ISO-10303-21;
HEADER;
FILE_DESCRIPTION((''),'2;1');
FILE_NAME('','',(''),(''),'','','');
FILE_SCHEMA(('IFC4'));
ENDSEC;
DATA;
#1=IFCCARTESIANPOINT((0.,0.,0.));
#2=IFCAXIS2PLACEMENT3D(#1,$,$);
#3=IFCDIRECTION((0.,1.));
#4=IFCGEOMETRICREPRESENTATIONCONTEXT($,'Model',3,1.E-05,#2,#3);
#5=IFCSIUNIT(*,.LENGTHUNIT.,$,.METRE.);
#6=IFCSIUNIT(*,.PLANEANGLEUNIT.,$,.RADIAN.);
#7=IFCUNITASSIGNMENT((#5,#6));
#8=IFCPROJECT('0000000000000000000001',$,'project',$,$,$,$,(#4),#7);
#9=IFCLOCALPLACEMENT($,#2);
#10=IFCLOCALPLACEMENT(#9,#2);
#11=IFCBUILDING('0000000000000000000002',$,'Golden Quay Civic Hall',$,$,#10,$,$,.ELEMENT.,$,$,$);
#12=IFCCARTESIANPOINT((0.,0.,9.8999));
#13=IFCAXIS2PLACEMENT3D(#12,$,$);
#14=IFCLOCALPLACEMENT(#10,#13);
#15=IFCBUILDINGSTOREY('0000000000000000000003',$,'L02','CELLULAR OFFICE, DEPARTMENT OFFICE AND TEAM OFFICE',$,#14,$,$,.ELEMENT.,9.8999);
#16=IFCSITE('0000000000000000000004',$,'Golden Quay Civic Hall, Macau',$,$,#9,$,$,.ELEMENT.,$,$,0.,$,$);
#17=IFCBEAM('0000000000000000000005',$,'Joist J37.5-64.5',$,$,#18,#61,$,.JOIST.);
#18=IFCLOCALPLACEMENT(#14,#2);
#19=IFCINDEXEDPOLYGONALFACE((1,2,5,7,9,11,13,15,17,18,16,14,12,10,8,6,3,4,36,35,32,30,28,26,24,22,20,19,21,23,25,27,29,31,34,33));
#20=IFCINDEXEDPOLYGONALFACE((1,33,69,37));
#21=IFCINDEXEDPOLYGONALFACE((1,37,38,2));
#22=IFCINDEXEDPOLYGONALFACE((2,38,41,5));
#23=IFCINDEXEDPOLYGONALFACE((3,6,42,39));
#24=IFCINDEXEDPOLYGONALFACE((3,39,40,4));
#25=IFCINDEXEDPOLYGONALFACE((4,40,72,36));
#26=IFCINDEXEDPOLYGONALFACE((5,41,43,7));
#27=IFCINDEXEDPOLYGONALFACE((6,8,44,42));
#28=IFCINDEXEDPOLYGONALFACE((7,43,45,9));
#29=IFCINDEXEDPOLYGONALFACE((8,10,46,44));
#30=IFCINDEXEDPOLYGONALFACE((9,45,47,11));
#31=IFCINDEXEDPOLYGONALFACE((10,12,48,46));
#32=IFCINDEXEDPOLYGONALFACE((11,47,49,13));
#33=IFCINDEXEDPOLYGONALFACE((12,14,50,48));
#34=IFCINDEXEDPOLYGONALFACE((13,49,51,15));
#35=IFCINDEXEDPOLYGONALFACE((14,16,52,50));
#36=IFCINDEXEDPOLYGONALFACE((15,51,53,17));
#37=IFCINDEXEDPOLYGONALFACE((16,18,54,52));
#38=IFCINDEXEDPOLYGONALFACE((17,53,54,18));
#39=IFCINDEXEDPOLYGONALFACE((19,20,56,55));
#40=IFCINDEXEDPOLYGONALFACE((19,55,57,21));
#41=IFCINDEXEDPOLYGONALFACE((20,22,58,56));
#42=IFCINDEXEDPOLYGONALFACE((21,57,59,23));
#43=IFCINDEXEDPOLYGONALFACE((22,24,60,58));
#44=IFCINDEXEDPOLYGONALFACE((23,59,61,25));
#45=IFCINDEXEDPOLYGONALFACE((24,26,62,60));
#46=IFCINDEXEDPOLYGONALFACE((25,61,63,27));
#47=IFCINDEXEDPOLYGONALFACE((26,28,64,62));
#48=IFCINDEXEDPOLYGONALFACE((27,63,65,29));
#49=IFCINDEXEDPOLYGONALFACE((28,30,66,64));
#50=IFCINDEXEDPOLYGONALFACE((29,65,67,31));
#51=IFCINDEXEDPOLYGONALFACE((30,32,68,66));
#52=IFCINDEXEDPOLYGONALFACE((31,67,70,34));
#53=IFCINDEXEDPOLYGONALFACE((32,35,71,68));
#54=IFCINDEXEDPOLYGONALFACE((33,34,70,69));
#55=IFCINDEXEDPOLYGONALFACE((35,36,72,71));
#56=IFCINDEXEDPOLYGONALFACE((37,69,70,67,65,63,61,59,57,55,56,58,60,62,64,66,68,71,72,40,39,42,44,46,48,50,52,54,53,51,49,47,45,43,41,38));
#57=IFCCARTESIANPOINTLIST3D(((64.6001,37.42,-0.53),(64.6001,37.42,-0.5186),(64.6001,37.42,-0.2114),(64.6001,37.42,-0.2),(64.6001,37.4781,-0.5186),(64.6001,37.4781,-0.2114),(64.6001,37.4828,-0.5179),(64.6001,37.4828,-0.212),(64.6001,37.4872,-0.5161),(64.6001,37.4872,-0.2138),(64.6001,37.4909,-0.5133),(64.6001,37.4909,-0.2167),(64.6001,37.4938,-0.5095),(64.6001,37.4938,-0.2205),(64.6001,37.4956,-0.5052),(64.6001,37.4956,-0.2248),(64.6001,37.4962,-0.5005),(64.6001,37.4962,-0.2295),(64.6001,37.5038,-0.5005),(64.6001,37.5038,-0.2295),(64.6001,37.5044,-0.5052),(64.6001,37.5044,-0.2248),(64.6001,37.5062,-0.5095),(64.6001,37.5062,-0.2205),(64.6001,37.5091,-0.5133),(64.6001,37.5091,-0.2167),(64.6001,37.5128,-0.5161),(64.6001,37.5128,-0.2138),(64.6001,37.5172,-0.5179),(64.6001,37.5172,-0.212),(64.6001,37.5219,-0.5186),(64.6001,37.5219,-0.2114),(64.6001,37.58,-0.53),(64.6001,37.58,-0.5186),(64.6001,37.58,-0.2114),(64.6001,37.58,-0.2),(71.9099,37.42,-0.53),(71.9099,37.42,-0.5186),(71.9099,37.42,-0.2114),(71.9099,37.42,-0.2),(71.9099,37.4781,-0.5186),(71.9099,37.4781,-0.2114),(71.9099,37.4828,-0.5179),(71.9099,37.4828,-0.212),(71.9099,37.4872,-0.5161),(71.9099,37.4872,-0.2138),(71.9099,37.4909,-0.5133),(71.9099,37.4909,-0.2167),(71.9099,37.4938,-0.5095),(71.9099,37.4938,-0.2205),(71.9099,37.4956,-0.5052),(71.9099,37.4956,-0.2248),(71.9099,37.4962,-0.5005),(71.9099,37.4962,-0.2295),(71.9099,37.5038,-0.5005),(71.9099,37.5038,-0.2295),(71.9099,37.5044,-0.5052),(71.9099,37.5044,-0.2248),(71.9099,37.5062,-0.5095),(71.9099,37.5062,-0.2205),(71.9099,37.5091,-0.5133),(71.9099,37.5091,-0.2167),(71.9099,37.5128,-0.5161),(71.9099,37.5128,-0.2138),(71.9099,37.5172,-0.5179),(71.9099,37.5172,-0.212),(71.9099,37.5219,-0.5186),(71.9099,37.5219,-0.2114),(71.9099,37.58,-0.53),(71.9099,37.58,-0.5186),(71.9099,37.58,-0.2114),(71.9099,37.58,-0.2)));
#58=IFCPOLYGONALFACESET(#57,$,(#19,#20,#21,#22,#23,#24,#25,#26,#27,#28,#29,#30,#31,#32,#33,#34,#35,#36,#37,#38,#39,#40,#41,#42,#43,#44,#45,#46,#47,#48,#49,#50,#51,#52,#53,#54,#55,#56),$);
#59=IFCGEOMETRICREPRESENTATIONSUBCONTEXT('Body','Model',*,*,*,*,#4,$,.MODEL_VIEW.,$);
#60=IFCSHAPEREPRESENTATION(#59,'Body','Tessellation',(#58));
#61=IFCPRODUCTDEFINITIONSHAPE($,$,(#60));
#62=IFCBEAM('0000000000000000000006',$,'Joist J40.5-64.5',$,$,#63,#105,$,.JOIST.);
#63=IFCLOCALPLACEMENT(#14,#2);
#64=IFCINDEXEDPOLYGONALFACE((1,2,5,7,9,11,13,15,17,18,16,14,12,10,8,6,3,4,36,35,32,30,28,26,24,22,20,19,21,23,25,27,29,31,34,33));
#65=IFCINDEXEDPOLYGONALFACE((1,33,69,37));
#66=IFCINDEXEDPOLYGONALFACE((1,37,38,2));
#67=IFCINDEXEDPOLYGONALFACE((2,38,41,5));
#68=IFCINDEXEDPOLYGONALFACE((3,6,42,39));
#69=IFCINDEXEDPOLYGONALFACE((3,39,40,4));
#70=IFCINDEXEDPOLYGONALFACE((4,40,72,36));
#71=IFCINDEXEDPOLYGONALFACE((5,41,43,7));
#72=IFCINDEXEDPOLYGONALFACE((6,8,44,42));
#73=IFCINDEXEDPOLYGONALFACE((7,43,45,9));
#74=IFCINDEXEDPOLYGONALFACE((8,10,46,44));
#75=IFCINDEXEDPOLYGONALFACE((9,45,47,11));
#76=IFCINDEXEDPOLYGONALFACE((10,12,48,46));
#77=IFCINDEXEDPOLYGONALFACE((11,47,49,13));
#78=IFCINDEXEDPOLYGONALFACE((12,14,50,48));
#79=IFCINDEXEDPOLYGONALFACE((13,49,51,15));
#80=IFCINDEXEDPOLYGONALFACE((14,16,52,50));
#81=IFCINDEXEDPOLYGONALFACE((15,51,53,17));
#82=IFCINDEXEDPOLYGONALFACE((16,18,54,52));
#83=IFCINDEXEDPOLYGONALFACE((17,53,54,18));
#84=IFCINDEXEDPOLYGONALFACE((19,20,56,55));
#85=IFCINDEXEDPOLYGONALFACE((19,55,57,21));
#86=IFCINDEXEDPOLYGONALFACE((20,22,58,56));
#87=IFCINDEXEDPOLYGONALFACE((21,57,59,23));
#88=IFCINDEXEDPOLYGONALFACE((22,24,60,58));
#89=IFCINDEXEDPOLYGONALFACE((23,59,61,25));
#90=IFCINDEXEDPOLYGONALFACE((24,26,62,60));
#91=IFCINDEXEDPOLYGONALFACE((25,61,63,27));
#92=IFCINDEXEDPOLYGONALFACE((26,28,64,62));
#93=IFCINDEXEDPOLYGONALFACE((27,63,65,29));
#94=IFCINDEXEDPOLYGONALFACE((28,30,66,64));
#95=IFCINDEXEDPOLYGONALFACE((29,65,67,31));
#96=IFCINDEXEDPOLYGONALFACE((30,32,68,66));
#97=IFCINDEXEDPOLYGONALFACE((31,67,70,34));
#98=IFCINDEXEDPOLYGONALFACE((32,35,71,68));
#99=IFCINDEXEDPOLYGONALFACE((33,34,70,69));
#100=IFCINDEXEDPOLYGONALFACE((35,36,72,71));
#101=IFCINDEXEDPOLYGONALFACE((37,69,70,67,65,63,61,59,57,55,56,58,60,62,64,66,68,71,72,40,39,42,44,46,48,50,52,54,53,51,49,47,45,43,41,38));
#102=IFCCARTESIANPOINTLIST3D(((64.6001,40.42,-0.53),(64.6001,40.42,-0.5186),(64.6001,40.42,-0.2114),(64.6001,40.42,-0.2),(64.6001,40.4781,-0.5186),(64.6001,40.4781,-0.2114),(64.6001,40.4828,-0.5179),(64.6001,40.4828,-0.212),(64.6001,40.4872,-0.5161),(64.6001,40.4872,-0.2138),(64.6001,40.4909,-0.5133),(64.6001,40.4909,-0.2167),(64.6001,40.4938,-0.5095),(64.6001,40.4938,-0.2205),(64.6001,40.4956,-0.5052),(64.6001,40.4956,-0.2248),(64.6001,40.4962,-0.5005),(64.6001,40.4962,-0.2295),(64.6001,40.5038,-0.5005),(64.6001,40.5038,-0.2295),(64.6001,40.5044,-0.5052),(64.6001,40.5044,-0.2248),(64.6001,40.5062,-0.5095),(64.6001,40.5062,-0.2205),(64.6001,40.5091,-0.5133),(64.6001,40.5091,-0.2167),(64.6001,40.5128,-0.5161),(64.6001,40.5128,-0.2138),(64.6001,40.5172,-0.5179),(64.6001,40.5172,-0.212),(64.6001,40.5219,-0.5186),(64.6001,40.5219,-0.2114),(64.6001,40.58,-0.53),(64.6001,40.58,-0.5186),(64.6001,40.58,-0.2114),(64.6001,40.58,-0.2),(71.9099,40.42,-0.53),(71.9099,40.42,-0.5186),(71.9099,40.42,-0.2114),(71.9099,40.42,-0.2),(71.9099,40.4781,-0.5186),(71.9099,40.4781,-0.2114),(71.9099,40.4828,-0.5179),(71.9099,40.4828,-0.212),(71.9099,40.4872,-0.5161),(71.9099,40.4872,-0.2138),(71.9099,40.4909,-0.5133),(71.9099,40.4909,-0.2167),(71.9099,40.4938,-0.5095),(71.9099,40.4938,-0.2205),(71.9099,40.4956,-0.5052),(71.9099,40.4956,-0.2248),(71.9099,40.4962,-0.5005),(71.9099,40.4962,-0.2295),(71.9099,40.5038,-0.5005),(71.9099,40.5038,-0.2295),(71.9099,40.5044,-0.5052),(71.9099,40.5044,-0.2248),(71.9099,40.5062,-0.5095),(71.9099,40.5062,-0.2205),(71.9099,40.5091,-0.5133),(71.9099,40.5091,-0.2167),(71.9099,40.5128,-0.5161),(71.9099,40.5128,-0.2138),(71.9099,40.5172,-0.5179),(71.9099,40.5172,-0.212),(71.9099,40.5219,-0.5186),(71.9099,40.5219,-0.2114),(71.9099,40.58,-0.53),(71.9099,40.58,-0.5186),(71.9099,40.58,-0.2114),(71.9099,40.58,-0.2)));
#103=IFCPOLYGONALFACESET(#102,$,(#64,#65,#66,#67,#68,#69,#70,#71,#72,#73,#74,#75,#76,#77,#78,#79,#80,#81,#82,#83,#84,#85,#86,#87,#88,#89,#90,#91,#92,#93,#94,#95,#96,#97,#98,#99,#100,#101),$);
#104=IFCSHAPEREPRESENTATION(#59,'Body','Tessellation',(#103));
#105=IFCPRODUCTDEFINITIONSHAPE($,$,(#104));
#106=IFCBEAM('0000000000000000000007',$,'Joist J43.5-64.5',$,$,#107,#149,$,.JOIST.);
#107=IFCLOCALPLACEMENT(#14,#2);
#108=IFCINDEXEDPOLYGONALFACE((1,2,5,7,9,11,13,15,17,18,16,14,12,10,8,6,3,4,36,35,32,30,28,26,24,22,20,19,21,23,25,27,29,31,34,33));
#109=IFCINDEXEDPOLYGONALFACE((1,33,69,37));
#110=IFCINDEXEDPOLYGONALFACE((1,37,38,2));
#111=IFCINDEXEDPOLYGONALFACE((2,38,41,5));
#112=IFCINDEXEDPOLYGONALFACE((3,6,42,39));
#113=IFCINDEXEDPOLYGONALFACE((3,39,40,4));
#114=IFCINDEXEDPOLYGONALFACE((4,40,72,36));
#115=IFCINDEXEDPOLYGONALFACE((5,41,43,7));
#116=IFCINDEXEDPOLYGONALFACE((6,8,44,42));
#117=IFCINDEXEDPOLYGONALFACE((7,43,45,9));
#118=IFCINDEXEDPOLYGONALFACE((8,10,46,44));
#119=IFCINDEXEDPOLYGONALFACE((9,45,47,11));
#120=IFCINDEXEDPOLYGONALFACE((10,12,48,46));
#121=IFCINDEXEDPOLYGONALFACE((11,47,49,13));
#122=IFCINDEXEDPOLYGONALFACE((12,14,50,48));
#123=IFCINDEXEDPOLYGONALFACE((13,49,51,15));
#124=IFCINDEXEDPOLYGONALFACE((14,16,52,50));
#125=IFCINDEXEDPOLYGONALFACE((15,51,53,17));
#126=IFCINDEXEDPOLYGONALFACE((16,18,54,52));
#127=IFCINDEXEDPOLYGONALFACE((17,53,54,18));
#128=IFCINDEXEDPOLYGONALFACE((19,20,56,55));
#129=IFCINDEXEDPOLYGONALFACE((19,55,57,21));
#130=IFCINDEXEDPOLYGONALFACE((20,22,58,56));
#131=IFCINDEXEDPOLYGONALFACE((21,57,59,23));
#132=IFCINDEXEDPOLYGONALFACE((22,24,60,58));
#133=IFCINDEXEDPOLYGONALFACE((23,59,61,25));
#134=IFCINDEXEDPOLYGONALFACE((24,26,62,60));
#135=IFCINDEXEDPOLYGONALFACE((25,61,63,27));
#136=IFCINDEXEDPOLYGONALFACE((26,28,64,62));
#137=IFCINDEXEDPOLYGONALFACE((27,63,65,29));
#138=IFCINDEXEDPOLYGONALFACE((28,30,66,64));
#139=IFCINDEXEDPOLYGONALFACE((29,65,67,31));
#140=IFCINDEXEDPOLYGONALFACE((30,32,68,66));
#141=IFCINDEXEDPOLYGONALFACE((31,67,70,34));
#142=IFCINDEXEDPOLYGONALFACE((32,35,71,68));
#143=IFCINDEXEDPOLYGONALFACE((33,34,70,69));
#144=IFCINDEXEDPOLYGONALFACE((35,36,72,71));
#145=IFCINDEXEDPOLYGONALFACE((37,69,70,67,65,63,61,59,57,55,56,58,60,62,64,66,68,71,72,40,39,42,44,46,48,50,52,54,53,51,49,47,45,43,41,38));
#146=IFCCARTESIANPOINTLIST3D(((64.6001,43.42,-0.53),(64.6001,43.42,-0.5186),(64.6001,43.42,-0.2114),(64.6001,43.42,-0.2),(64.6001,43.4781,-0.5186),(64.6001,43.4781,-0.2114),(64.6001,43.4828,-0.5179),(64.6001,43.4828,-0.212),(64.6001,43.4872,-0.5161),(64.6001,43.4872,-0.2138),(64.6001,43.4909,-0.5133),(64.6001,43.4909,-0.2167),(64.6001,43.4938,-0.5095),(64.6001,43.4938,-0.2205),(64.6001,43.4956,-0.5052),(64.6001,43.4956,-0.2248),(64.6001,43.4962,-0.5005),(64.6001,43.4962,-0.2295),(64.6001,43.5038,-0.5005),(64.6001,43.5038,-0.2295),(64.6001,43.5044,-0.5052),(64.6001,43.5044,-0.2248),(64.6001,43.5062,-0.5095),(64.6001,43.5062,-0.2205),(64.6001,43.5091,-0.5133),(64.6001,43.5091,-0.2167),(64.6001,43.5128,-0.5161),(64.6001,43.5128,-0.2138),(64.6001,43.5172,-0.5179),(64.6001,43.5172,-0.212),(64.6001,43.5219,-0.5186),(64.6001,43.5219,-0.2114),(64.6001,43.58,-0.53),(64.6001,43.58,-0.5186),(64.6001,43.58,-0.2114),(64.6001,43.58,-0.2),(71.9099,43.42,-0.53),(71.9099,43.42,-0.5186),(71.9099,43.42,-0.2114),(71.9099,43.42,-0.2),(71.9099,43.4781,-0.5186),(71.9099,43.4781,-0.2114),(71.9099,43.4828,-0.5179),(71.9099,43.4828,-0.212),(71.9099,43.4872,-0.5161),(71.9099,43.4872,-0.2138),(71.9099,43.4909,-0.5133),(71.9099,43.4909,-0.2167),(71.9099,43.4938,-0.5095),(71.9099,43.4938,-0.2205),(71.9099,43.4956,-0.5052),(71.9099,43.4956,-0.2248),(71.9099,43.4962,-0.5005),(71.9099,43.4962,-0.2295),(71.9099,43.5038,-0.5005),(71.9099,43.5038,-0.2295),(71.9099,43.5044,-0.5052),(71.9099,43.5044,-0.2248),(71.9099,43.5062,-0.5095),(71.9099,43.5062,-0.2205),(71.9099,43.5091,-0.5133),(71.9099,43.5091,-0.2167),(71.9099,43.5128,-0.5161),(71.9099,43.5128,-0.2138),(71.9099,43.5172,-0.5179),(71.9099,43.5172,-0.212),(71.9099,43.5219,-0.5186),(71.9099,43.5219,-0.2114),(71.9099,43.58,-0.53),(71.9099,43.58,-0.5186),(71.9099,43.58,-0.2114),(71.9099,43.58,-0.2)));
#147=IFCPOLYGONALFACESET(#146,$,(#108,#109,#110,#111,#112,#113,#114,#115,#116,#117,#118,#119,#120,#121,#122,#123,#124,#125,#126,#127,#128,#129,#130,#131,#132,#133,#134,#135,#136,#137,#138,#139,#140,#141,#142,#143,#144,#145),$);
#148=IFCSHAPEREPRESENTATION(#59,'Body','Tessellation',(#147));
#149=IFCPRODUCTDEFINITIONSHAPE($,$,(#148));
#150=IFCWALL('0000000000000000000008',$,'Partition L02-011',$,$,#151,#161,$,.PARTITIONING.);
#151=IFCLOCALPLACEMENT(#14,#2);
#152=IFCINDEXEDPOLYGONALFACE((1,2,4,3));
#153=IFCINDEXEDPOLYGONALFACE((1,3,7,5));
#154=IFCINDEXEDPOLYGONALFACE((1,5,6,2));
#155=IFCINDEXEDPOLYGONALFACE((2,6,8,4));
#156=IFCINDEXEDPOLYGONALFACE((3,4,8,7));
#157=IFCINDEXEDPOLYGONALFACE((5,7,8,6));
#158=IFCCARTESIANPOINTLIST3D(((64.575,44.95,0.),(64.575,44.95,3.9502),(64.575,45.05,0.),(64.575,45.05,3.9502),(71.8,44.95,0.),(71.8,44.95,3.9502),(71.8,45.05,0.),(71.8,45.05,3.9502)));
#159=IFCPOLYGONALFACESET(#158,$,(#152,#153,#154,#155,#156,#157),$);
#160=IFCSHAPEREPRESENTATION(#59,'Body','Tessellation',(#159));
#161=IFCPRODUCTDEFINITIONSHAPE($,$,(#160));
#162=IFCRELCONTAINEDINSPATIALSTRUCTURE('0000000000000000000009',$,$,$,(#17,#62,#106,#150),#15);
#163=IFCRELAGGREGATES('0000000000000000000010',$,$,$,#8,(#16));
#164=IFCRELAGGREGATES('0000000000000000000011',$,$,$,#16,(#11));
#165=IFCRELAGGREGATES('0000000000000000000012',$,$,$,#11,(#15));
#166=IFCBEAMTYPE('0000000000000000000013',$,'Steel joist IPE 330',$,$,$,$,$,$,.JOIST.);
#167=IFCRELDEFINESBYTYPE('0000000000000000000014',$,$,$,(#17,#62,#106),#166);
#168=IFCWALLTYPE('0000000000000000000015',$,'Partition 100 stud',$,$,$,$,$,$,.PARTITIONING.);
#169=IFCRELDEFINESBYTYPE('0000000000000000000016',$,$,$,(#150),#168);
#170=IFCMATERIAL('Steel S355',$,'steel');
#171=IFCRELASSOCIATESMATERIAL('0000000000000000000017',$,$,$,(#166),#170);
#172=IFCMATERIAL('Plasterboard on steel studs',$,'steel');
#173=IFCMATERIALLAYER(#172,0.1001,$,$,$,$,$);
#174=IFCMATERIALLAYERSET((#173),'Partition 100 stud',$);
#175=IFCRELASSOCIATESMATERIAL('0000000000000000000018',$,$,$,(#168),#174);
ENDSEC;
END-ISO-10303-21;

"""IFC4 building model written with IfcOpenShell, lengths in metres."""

from ifc_helpers import new_model, si_unit, direction, frame, frame_2d, origin, origin_2d, place, context, subcontext, project, spatial, rectangle, i_section, extrude, material, layer, layer_set, material_profile, profile_set, type_object, element, save


model = new_model("IFC4")

# Units and contexts
model_context = context("Model", 3, precision=1e-05, world=origin(), true_north=direction((0.0, 1.0)))
body_context = subcontext(model_context, "Body", "Model", "MODEL_VIEW")
ifc_project = project(units=[si_unit("LENGTHUNIT", "METRE"), si_unit("PLANEANGLEUNIT", "RADIAN")], contexts=[model_context])

# Site, building, storey
site_placement = place(None, origin())
site = spatial("IfcSite", under=ifc_project, at=site_placement, Name="Golden Quay Civic Hall, Macau", CompositionType="ELEMENT", RefElevation=0.0)
building_placement = place(site_placement, origin())
building = spatial("IfcBuilding", under=site, at=building_placement, Name="Golden Quay Civic Hall", CompositionType="ELEMENT")
storey_placement = place(building_placement, frame((0.0, 0.0, 9.8999)))
storey = spatial("IfcBuildingStorey", under=building, at=storey_placement, Name="L02", Description="CELLULAR OFFICE, DEPARTMENT OFFICE AND TEAM OFFICE", CompositionType="ELEMENT", Elevation=9.8999)

# Beams
ifc_material_1 = material(Name="Steel S355", Category="steel")
ifc_material_profile_1 = material_profile(ifc_material_1, i_section(OverallWidth=0.1599, OverallDepth=0.3301, WebThickness=0.0076, FlangeThickness=0.0115, FilletRadius=0.0181, at=origin_2d()), Name="IPE 330")
ifc_profile_set_1 = profile_set([ifc_material_profile_1], Name="Steel S355")
beam_type_1 = type_object("IfcBeamType", Name="Steel joist IPE 330", PredefinedType="JOIST", material=ifc_profile_set_1)
for number, where, z_axis, x_axis, name in (
    (1, (64.6001, 37.5, -0.365), (1.0, 0.0, 0.0), (0.0, 1.0, 0.0), "Joist J37.5-64.5"),
    (2, (64.6001, 40.5, -0.365), (1.0, 0.0, 0.0), (0.0, 1.0, 0.0), "Joist J40.5-64.5"),
    (3, (64.6001, 43.5, -0.365), (1.0, 0.0, 0.0), (0.0, 1.0, 0.0), "Joist J43.5-64.5"),
):
    element("IfcBeam", number, at=place(storey_placement, frame(where, z_axis=z_axis, x_axis=x_axis)), inside=storey, type_object=beam_type_1, Name=name, PredefinedType="JOIST", context=body_context, shape_type="SweptSolid", body=[
        extrude(i_section(OverallWidth=0.1599, OverallDepth=0.3301, WebThickness=0.0076, FlangeThickness=0.0115, FilletRadius=0.0181, at=origin_2d()), origin(), (0.0, 0.0, 1.0), 7.3098),
    ])

# Wall
ifc_material_2 = material(Name="Plasterboard on steel studs", Category="steel")
ifc_layer_1 = layer(ifc_material_2, 0.1001)
ifc_layer_set_1 = layer_set([ifc_layer_1], Name="Partition 100 stud")
wall_type_1 = type_object("IfcWallType", Name="Partition 100 stud", PredefinedType="PARTITIONING", material=ifc_layer_set_1)
wall_1_placement = place(storey_placement, frame((64.575, 45.0, 0.0), z_axis=(0.0, 0.0, 1.0), x_axis=(1.0, 0.0, 0.0)))
element("IfcWall", 4, at=wall_1_placement, inside=storey, type_object=wall_type_1, Name="Partition L02-011", PredefinedType="PARTITIONING", context=body_context, shape_type="SweptSolid", body=[
    extrude(rectangle(XDim=7.2251, YDim=0.1001, at=frame_2d((3.6125, 0.0))), origin(), (0.0, 0.0, 1.0), 3.9502),
])

save(model, "model.ifc")
